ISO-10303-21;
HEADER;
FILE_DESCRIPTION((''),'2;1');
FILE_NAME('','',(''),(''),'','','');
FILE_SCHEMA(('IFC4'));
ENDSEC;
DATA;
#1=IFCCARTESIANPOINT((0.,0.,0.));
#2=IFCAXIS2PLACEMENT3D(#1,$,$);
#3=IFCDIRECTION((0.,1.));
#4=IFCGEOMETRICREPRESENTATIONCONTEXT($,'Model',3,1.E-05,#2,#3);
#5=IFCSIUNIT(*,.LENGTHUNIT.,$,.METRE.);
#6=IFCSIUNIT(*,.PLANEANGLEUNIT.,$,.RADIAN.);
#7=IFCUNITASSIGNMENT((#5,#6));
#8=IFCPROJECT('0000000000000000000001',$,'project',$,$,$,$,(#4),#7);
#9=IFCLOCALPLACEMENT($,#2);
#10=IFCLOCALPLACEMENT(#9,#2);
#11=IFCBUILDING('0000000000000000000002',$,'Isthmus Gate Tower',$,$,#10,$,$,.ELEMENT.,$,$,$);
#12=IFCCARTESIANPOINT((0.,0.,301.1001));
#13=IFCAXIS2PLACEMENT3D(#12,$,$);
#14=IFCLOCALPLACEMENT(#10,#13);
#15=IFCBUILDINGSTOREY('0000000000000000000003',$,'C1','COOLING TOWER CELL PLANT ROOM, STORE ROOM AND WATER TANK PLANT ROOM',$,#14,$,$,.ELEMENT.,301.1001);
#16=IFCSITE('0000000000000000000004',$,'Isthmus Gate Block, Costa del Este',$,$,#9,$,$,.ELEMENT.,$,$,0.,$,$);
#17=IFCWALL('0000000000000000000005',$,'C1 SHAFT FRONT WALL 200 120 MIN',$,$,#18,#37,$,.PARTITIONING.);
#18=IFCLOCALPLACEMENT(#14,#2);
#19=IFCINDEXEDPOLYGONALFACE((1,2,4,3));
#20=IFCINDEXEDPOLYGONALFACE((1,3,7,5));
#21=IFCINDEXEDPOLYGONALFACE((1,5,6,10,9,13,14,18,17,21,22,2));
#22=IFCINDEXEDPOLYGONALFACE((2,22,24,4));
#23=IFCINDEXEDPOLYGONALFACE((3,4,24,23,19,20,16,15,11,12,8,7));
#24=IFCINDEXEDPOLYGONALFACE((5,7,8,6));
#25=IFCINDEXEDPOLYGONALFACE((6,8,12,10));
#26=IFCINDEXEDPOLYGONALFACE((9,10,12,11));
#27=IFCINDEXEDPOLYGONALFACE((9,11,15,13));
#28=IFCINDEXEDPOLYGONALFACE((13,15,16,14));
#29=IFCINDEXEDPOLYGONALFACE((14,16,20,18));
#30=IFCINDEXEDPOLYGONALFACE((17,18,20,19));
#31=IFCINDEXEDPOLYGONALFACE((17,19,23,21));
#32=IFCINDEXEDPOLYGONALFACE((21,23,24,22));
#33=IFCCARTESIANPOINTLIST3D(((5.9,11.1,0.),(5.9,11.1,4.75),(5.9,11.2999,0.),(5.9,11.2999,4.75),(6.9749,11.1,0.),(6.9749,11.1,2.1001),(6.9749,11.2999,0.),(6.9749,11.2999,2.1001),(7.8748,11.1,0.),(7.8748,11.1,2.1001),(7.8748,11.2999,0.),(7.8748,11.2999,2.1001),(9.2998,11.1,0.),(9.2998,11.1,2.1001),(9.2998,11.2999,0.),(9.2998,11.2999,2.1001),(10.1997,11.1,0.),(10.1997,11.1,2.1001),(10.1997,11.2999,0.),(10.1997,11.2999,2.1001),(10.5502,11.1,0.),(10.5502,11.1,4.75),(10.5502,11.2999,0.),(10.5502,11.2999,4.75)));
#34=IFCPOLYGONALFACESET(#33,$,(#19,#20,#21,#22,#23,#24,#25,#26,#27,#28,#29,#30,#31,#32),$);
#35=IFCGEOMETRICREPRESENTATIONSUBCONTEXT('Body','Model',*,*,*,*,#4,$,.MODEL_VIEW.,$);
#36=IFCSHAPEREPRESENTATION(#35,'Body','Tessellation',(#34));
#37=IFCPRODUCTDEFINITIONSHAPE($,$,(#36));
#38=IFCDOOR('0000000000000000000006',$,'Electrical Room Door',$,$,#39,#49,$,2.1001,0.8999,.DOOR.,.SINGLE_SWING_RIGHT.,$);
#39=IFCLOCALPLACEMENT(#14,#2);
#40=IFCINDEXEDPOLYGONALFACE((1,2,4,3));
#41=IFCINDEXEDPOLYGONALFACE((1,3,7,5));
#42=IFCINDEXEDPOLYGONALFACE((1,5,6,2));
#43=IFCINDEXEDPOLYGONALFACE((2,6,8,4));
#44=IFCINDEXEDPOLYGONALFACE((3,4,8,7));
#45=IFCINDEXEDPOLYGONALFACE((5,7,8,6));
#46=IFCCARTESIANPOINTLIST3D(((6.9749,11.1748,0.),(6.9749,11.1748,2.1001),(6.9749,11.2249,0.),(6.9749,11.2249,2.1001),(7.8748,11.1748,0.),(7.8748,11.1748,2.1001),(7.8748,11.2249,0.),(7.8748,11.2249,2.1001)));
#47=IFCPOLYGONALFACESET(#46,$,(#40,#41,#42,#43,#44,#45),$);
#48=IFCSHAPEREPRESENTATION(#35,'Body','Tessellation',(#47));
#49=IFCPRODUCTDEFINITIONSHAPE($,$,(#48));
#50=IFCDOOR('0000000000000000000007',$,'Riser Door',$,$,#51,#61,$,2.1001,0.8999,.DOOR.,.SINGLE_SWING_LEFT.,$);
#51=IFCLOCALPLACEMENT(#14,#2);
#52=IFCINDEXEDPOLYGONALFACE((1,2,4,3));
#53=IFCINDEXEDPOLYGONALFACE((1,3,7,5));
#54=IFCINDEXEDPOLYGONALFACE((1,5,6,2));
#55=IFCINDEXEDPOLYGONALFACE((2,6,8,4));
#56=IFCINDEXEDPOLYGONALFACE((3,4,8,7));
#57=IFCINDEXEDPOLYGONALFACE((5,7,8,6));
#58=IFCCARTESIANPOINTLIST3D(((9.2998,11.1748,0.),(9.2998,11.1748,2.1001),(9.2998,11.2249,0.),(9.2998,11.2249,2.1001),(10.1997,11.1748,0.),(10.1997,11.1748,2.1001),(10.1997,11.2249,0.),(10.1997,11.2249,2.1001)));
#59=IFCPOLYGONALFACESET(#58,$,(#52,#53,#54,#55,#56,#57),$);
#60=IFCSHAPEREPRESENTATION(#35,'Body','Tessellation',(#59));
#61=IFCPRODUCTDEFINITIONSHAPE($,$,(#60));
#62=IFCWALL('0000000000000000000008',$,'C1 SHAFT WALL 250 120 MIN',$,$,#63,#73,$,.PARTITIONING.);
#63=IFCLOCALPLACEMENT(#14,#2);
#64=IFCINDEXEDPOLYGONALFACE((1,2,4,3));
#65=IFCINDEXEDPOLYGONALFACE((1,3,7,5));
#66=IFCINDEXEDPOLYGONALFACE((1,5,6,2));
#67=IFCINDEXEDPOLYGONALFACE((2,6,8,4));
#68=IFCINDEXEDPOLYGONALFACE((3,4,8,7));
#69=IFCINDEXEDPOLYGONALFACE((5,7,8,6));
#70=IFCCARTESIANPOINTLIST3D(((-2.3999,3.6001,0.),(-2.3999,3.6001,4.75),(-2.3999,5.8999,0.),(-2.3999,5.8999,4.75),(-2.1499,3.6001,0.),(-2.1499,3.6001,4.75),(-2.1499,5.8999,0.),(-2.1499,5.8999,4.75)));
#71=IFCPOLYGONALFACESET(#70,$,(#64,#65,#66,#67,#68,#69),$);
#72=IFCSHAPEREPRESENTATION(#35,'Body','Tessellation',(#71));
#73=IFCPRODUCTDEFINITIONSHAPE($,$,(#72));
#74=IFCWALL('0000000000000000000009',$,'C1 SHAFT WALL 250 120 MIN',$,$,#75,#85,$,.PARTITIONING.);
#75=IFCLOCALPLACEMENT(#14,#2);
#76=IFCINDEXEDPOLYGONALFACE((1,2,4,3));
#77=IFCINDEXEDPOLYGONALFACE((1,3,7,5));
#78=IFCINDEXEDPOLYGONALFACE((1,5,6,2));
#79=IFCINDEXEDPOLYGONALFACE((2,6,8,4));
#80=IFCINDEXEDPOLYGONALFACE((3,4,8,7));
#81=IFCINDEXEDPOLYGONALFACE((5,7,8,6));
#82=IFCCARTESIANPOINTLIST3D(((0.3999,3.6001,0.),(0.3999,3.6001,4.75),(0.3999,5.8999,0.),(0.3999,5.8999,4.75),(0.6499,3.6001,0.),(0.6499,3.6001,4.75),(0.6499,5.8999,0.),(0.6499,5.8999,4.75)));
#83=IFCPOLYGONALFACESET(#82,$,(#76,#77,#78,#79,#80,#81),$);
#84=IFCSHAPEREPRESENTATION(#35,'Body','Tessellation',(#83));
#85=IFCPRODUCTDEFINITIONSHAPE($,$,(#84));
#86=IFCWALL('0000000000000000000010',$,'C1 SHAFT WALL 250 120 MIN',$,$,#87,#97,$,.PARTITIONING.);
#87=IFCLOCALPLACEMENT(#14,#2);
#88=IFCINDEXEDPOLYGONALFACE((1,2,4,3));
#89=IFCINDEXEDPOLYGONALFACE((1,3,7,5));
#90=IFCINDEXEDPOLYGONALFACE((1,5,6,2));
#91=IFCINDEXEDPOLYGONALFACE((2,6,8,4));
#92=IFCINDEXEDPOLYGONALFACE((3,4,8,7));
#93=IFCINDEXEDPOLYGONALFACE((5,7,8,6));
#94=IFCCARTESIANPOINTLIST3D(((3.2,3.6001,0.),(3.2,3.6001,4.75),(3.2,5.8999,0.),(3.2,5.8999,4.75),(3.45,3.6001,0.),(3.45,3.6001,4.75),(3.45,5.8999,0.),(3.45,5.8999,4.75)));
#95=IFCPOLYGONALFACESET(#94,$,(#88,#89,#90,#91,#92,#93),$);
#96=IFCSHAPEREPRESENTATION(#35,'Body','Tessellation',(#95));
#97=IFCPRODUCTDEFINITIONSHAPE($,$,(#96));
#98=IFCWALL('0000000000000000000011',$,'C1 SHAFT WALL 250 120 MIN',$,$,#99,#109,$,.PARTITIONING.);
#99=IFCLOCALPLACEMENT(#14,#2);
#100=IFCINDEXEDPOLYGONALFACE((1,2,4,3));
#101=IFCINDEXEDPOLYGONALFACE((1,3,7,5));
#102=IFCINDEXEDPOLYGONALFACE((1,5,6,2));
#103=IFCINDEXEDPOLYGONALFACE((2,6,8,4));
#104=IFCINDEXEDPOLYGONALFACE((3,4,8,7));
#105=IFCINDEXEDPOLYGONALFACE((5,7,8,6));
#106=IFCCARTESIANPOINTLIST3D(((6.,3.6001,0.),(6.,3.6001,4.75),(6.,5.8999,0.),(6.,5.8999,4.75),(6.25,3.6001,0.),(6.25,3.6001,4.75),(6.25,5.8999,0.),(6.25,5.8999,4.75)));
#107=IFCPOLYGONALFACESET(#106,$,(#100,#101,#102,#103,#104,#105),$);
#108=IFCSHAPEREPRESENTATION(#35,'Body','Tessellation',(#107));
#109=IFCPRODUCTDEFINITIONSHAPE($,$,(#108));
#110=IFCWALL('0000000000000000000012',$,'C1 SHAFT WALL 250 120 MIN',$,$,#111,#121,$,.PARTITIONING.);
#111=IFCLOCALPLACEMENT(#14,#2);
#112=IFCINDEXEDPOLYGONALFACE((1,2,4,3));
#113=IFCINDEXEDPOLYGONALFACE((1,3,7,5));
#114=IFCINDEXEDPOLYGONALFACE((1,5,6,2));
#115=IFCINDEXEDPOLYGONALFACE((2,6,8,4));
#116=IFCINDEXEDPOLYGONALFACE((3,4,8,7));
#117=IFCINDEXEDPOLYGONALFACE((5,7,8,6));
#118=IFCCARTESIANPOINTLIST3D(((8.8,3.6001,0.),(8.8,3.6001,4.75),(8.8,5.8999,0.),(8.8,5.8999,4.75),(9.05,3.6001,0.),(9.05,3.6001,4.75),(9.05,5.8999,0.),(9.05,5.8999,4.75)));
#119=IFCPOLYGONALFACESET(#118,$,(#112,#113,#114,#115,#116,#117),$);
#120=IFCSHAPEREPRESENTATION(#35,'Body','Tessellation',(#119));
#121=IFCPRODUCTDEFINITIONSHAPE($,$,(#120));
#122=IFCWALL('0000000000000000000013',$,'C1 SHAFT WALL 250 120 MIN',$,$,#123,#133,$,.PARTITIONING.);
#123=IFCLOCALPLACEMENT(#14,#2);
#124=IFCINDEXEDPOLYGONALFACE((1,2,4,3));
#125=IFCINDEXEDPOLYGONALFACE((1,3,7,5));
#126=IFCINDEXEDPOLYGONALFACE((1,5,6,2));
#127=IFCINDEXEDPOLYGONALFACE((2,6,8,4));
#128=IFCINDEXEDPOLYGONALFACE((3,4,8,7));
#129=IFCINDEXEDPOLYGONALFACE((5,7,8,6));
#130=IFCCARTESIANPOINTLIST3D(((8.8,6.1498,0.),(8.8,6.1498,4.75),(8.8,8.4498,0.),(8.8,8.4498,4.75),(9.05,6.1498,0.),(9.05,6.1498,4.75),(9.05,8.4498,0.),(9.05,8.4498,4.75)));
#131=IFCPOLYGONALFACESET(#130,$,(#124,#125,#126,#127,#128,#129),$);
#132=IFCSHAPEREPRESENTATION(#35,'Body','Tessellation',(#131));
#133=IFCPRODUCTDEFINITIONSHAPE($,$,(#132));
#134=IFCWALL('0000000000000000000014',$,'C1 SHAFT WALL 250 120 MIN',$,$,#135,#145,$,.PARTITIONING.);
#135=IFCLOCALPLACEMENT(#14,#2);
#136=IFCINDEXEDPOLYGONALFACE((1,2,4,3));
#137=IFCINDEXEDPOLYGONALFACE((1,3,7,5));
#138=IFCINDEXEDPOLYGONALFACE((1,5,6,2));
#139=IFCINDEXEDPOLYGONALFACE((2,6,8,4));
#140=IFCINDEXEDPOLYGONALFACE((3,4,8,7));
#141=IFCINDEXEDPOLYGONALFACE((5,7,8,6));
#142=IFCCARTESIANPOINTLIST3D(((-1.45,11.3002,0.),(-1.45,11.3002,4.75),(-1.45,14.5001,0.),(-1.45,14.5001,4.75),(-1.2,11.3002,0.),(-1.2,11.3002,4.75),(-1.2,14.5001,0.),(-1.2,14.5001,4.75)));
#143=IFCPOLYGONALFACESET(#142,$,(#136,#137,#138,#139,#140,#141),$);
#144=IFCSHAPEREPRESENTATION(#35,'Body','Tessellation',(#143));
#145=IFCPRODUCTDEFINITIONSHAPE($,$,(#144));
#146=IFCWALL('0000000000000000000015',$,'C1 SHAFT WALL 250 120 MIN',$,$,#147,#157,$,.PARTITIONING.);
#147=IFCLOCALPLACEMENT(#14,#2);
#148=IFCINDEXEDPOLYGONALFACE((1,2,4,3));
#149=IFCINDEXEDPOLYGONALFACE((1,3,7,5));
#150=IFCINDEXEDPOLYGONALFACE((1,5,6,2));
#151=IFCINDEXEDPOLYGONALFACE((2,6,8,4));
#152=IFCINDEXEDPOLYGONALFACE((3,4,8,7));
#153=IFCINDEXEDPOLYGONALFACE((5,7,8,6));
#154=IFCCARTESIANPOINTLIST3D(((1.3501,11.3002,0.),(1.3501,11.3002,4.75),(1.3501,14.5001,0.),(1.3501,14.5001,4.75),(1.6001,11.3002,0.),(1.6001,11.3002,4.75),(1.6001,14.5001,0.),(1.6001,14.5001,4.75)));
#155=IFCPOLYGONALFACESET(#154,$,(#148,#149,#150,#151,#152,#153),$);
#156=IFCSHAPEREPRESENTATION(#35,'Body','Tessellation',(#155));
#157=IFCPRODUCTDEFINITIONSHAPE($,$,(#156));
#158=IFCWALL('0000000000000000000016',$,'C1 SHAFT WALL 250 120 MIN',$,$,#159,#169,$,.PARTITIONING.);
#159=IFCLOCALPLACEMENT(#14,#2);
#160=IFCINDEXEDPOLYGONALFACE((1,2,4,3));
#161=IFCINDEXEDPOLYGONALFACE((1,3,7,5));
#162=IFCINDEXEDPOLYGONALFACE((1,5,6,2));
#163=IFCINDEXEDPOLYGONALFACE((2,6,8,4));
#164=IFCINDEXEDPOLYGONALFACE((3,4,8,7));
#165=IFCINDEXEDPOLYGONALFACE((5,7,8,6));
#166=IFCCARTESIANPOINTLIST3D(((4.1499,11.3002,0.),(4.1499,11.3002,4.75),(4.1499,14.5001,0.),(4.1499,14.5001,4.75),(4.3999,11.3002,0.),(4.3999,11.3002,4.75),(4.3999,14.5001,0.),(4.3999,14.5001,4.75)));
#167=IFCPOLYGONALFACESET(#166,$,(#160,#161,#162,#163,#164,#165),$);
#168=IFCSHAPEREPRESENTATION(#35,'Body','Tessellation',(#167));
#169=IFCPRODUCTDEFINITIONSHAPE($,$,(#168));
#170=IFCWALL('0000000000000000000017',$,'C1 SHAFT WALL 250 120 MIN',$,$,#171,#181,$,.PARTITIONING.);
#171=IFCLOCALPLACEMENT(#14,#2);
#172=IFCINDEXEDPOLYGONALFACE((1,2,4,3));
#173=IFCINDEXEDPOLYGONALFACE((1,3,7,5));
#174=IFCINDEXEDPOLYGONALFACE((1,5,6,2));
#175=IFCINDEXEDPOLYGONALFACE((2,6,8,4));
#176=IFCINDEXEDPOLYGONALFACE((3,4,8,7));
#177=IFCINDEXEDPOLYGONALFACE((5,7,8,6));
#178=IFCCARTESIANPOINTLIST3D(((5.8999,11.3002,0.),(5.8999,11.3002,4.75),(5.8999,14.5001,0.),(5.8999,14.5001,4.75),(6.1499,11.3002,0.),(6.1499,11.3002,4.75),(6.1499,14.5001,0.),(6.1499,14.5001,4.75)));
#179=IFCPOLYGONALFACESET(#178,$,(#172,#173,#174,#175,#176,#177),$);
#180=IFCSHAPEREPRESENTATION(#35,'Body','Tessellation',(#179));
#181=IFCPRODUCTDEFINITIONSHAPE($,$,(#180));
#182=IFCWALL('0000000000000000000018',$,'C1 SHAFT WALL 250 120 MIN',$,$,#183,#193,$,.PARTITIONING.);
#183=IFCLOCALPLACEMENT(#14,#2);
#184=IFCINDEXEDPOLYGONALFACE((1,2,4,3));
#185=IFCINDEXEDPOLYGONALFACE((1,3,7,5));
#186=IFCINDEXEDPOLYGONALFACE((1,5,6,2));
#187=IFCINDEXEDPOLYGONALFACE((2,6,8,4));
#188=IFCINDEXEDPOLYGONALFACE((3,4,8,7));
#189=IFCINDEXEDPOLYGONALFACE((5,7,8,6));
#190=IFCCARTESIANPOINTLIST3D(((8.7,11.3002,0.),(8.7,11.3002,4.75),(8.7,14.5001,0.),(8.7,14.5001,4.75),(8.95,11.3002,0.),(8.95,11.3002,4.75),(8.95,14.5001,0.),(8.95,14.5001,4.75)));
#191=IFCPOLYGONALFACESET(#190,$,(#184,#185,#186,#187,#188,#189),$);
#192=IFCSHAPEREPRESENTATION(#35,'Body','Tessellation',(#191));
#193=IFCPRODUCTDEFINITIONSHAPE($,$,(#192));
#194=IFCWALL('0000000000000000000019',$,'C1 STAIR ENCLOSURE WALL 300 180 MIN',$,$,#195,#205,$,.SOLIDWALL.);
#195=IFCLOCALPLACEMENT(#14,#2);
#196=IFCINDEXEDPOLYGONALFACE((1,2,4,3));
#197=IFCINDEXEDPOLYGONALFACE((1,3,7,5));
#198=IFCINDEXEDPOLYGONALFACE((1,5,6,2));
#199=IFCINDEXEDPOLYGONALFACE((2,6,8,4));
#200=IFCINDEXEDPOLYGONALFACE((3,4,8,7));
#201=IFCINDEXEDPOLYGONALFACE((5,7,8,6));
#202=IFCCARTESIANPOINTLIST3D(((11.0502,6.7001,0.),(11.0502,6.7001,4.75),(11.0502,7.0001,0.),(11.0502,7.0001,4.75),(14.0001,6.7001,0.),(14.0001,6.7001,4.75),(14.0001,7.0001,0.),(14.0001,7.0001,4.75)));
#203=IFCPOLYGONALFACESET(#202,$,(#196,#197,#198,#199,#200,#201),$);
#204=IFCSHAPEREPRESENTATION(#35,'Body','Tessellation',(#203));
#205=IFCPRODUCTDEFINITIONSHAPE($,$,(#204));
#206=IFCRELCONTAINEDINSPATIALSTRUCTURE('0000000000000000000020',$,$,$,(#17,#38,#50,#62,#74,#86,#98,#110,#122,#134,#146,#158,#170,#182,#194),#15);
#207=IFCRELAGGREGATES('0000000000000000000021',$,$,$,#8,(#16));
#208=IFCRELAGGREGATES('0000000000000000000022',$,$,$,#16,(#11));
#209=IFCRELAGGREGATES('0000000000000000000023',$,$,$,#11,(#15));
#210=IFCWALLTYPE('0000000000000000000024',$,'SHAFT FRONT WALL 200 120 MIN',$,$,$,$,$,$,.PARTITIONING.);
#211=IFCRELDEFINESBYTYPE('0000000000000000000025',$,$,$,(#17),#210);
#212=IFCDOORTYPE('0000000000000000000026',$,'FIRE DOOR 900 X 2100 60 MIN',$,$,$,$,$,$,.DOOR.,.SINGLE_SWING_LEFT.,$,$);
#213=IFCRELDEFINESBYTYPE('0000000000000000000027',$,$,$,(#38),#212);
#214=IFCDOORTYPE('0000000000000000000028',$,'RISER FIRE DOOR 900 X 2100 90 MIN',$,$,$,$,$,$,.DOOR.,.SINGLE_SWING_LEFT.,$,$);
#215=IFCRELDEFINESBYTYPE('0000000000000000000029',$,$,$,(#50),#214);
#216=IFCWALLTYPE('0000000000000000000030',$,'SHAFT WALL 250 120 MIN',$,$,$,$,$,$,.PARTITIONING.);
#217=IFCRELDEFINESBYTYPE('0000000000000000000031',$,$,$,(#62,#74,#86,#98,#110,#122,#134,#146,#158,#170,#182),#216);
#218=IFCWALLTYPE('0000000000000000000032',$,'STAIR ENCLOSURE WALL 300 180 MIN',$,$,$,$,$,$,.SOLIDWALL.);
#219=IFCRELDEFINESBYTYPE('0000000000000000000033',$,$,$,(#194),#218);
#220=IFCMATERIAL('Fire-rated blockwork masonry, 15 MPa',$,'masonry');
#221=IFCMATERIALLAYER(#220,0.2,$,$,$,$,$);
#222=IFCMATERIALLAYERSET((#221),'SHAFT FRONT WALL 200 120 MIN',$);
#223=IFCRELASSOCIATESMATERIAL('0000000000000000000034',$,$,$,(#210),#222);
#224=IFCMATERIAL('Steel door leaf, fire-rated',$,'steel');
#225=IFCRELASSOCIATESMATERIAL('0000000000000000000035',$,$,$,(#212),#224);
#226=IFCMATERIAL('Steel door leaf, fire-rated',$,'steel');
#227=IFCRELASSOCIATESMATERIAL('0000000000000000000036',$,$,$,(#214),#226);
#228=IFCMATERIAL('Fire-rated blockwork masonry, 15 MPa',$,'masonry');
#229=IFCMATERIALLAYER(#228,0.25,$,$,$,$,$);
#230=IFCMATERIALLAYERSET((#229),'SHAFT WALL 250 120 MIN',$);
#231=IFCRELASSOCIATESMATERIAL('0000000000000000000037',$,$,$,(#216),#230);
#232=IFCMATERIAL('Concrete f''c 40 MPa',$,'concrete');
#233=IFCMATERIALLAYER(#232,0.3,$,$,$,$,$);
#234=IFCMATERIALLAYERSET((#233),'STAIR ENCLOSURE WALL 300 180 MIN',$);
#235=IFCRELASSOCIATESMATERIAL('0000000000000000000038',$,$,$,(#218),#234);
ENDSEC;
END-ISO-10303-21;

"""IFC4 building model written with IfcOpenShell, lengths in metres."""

from ifc_helpers import new_model, si_unit, direction, frame, frame_2d, origin, place, context, subcontext, project, spatial, rectangle, extrude, material, layer, layer_set, type_object, element, fill, save


model = new_model("IFC4")

# Units and contexts
model_context = context("Model", 3, precision=1e-05, world=origin(), true_north=direction((0.0, 1.0)))
body_context = subcontext(model_context, "Body", "Model", "MODEL_VIEW")
ifc_project = project(units=[si_unit("LENGTHUNIT", "METRE"), si_unit("PLANEANGLEUNIT", "RADIAN")], contexts=[model_context])

# Site, building, storey
site_placement = place(None, origin())
site = spatial("IfcSite", under=ifc_project, at=site_placement, Name="Isthmus Gate Block, Costa del Este", CompositionType="ELEMENT", RefElevation=0.0)
building_placement = place(site_placement, origin())
building = spatial("IfcBuilding", under=site, at=building_placement, Name="Isthmus Gate Tower", CompositionType="ELEMENT")
storey_placement = place(building_placement, frame((0.0, 0.0, 301.1001)))
storey = spatial("IfcBuildingStorey", under=building, at=storey_placement, Name="C1", Description="COOLING TOWER CELL PLANT ROOM, STORE ROOM AND WATER TANK PLANT ROOM", CompositionType="ELEMENT", Elevation=301.1001)

# Wall, openings, doors
ifc_material_1 = material(Name="Fire-rated blockwork masonry, 15 MPa", Category="masonry")
ifc_layer_1 = layer(ifc_material_1, 0.2)
ifc_layer_set_1 = layer_set([ifc_layer_1], Name="SHAFT FRONT WALL 200 120 MIN")
wall_type_1 = type_object("IfcWallType", Name="SHAFT FRONT WALL 200 120 MIN", PredefinedType="PARTITIONING", material=ifc_layer_set_1)
wall_1_placement = place(storey_placement, frame((5.8999, 11.2, 0.0), z_axis=(0.0, 0.0, 1.0), x_axis=(1.0, 0.0, 0.0)))
wall_1 = element("IfcWall", 1, at=wall_1_placement, inside=storey, type_object=wall_type_1, Name="C1 SHAFT FRONT WALL 200 120 MIN", PredefinedType="PARTITIONING", context=body_context, shape_type="SweptSolid", body=[
    extrude(rectangle(XDim=4.6501, YDim=0.2, at=frame_2d((2.3252, 0.0))), origin(), (0.0, 0.0, 1.0), 4.75),
])
opening_1_placement = place(wall_1_placement, frame((1.075, 0.0, 0.0)))
opening_1 = element("IfcOpeningElement", 2, at=opening_1_placement, cuts=wall_1, PredefinedType="OPENING", context=body_context, shape_type="SweptSolid", body=[
    extrude(rectangle(XDim=0.8999, YDim=2.1001, at=frame_2d((0.45, 1.05))), frame((0.0, 0.1099, 0.0), z_axis=(0.0, -1.0, 0.0), x_axis=(1.0, 0.0, 0.0)), (0.0, 0.0, 1.0), 0.22),
])
opening_2_placement = place(wall_1_placement, frame((3.3999, 0.0, 0.0)))
opening_2 = element("IfcOpeningElement", 3, at=opening_2_placement, cuts=wall_1, PredefinedType="OPENING", context=body_context, shape_type="SweptSolid", body=[
    extrude(rectangle(XDim=0.8999, YDim=2.1001, at=frame_2d((0.45, 1.05))), frame((0.0, 0.1099, 0.0), z_axis=(0.0, -1.0, 0.0), x_axis=(1.0, 0.0, 0.0)), (0.0, 0.0, 1.0), 0.22),
])
ifc_material_2 = material(Name="Steel door leaf, fire-rated", Category="steel")
door_type_1 = type_object("IfcDoorType", Name="FIRE DOOR 900 X 2100 60 MIN", OperationType="SINGLE_SWING_LEFT", PredefinedType="DOOR", material=ifc_material_2)
door_1_placement = place(opening_1_placement, origin())
door_1 = element("IfcDoor", 4, at=door_1_placement, inside=storey, type_object=door_type_1, Name="Electrical Room Door", OperationType="SINGLE_SWING_RIGHT", OverallHeight=2.1001, OverallWidth=0.8999, PredefinedType="DOOR", context=body_context, shape_type="SweptSolid", body=[
    extrude(rectangle(XDim=0.8999, YDim=2.1001, at=frame_2d((0.45, 1.05))), frame((0.0, 0.0249, 0.0), z_axis=(0.0, -1.0, 0.0), x_axis=(1.0, 0.0, 0.0)), (0.0, 0.0, 1.0), 0.05),
])
fill(opening_1, door_1)
ifc_material_3 = material(Name="Steel door leaf, fire-rated", Category="steel")
door_type_2 = type_object("IfcDoorType", Name="RISER FIRE DOOR 900 X 2100 90 MIN", OperationType="SINGLE_SWING_LEFT", PredefinedType="DOOR", material=ifc_material_3)
door_2_placement = place(opening_2_placement, origin())
door_2 = element("IfcDoor", 5, at=door_2_placement, inside=storey, type_object=door_type_2, Name="Riser Door", OperationType="SINGLE_SWING_LEFT", OverallHeight=2.1001, OverallWidth=0.8999, PredefinedType="DOOR", context=body_context, shape_type="SweptSolid", body=[
    extrude(rectangle(XDim=0.8999, YDim=2.1001, at=frame_2d((0.45, 1.05))), frame((0.0, 0.0249, 0.0), z_axis=(0.0, -1.0, 0.0), x_axis=(1.0, 0.0, 0.0)), (0.0, 0.0, 1.0), 0.05),
])
fill(opening_2, door_2)

# Walls
ifc_material_4 = material(Name="Fire-rated blockwork masonry, 15 MPa", Category="masonry")
ifc_layer_2 = layer(ifc_material_4, 0.25)
ifc_layer_set_2 = layer_set([ifc_layer_2], Name="SHAFT WALL 250 120 MIN")
wall_type_2 = type_object("IfcWallType", Name="SHAFT WALL 250 120 MIN", PredefinedType="PARTITIONING", material=ifc_layer_set_2)
for number, where, z_axis, x_axis, name in (
    (6, (-2.2749, 3.6001, 0.0), (0.0, 0.0, 1.0), (0.0, 1.0, 0.0), "C1 SHAFT WALL 250 120 MIN"),
    (7, (0.5249, 3.6001, 0.0), (0.0, 0.0, 1.0), (0.0, 1.0, 0.0), "C1 SHAFT WALL 250 120 MIN"),
    (8, (3.325, 3.6001, 0.0), (0.0, 0.0, 1.0), (0.0, 1.0, 0.0), "C1 SHAFT WALL 250 120 MIN"),
    (9, (6.125, 3.6001, 0.0), (0.0, 0.0, 1.0), (0.0, 1.0, 0.0), "C1 SHAFT WALL 250 120 MIN"),
    (10, (8.925, 3.6001, 0.0), (0.0, 0.0, 1.0), (0.0, 1.0, 0.0), "C1 SHAFT WALL 250 120 MIN"),
):
    element("IfcWall", number, at=place(storey_placement, frame(where, z_axis=z_axis, x_axis=x_axis)), inside=storey, type_object=wall_type_2, Name=name, PredefinedType="PARTITIONING", context=body_context, shape_type="SweptSolid", body=[
        extrude(rectangle(XDim=2.2998, YDim=0.25, at=frame_2d((1.1499, 0.0))), origin(), (0.0, 0.0, 1.0), 4.75),
    ])
wall_2_placement = place(storey_placement, frame((8.925, 6.1499, 0.0), z_axis=(0.0, 0.0, 1.0), x_axis=(0.0, 1.0, 0.0)))
element("IfcWall", 11, at=wall_2_placement, inside=storey, type_object=wall_type_2, Name="C1 SHAFT WALL 250 120 MIN", PredefinedType="PARTITIONING", context=body_context, shape_type="SweptSolid", body=[
    extrude(rectangle(XDim=2.3, YDim=0.25, at=frame_2d((1.1499, 0.0))), origin(), (0.0, 0.0, 1.0), 4.75),
])
for number, where, z_axis, x_axis, name in (
    (12, (-1.325, 11.3, 0.0), (0.0, 0.0, 1.0), (0.0, 1.0, 0.0), "C1 SHAFT WALL 250 120 MIN"),
    (13, (1.4751, 11.3, 0.0), (0.0, 0.0, 1.0), (0.0, 1.0, 0.0), "C1 SHAFT WALL 250 120 MIN"),
    (14, (4.2749, 11.3, 0.0), (0.0, 0.0, 1.0), (0.0, 1.0, 0.0), "C1 SHAFT WALL 250 120 MIN"),
    (15, (6.0249, 11.3, 0.0), (0.0, 0.0, 1.0), (0.0, 1.0, 0.0), "C1 SHAFT WALL 250 120 MIN"),
    (16, (8.825, 11.3, 0.0), (0.0, 0.0, 1.0), (0.0, 1.0, 0.0), "C1 SHAFT WALL 250 120 MIN"),
):
    element("IfcWall", number, at=place(storey_placement, frame(where, z_axis=z_axis, x_axis=x_axis)), inside=storey, type_object=wall_type_2, Name=name, PredefinedType="PARTITIONING", context=body_context, shape_type="SweptSolid", body=[
        extrude(rectangle(XDim=3.2, YDim=0.25, at=frame_2d((1.6001, 0.0))), origin(), (0.0, 0.0, 1.0), 4.75),
    ])
ifc_material_5 = material(Name="Concrete f'c 40 MPa", Category="concrete")
ifc_layer_3 = layer(ifc_material_5, 0.3)
ifc_layer_set_3 = layer_set([ifc_layer_3], Name="STAIR ENCLOSURE WALL 300 180 MIN")
wall_type_3 = type_object("IfcWallType", Name="STAIR ENCLOSURE WALL 300 180 MIN", PredefinedType="SOLIDWALL", material=ifc_layer_set_3)
wall_3_placement = place(storey_placement, frame((11.05, 6.8501, 0.0), z_axis=(0.0, 0.0, 1.0), x_axis=(1.0, 0.0, 0.0)))
element("IfcWall", 17, at=wall_3_placement, inside=storey, type_object=wall_type_3, Name="C1 STAIR ENCLOSURE WALL 300 180 MIN", PredefinedType="SOLIDWALL", context=body_context, shape_type="SweptSolid", body=[
    extrude(rectangle(XDim=2.95, YDim=0.3, at=frame_2d((1.4751, 0.0))), origin(), (0.0, 0.0, 1.0), 4.75),
])

save(model, "model.ifc")
